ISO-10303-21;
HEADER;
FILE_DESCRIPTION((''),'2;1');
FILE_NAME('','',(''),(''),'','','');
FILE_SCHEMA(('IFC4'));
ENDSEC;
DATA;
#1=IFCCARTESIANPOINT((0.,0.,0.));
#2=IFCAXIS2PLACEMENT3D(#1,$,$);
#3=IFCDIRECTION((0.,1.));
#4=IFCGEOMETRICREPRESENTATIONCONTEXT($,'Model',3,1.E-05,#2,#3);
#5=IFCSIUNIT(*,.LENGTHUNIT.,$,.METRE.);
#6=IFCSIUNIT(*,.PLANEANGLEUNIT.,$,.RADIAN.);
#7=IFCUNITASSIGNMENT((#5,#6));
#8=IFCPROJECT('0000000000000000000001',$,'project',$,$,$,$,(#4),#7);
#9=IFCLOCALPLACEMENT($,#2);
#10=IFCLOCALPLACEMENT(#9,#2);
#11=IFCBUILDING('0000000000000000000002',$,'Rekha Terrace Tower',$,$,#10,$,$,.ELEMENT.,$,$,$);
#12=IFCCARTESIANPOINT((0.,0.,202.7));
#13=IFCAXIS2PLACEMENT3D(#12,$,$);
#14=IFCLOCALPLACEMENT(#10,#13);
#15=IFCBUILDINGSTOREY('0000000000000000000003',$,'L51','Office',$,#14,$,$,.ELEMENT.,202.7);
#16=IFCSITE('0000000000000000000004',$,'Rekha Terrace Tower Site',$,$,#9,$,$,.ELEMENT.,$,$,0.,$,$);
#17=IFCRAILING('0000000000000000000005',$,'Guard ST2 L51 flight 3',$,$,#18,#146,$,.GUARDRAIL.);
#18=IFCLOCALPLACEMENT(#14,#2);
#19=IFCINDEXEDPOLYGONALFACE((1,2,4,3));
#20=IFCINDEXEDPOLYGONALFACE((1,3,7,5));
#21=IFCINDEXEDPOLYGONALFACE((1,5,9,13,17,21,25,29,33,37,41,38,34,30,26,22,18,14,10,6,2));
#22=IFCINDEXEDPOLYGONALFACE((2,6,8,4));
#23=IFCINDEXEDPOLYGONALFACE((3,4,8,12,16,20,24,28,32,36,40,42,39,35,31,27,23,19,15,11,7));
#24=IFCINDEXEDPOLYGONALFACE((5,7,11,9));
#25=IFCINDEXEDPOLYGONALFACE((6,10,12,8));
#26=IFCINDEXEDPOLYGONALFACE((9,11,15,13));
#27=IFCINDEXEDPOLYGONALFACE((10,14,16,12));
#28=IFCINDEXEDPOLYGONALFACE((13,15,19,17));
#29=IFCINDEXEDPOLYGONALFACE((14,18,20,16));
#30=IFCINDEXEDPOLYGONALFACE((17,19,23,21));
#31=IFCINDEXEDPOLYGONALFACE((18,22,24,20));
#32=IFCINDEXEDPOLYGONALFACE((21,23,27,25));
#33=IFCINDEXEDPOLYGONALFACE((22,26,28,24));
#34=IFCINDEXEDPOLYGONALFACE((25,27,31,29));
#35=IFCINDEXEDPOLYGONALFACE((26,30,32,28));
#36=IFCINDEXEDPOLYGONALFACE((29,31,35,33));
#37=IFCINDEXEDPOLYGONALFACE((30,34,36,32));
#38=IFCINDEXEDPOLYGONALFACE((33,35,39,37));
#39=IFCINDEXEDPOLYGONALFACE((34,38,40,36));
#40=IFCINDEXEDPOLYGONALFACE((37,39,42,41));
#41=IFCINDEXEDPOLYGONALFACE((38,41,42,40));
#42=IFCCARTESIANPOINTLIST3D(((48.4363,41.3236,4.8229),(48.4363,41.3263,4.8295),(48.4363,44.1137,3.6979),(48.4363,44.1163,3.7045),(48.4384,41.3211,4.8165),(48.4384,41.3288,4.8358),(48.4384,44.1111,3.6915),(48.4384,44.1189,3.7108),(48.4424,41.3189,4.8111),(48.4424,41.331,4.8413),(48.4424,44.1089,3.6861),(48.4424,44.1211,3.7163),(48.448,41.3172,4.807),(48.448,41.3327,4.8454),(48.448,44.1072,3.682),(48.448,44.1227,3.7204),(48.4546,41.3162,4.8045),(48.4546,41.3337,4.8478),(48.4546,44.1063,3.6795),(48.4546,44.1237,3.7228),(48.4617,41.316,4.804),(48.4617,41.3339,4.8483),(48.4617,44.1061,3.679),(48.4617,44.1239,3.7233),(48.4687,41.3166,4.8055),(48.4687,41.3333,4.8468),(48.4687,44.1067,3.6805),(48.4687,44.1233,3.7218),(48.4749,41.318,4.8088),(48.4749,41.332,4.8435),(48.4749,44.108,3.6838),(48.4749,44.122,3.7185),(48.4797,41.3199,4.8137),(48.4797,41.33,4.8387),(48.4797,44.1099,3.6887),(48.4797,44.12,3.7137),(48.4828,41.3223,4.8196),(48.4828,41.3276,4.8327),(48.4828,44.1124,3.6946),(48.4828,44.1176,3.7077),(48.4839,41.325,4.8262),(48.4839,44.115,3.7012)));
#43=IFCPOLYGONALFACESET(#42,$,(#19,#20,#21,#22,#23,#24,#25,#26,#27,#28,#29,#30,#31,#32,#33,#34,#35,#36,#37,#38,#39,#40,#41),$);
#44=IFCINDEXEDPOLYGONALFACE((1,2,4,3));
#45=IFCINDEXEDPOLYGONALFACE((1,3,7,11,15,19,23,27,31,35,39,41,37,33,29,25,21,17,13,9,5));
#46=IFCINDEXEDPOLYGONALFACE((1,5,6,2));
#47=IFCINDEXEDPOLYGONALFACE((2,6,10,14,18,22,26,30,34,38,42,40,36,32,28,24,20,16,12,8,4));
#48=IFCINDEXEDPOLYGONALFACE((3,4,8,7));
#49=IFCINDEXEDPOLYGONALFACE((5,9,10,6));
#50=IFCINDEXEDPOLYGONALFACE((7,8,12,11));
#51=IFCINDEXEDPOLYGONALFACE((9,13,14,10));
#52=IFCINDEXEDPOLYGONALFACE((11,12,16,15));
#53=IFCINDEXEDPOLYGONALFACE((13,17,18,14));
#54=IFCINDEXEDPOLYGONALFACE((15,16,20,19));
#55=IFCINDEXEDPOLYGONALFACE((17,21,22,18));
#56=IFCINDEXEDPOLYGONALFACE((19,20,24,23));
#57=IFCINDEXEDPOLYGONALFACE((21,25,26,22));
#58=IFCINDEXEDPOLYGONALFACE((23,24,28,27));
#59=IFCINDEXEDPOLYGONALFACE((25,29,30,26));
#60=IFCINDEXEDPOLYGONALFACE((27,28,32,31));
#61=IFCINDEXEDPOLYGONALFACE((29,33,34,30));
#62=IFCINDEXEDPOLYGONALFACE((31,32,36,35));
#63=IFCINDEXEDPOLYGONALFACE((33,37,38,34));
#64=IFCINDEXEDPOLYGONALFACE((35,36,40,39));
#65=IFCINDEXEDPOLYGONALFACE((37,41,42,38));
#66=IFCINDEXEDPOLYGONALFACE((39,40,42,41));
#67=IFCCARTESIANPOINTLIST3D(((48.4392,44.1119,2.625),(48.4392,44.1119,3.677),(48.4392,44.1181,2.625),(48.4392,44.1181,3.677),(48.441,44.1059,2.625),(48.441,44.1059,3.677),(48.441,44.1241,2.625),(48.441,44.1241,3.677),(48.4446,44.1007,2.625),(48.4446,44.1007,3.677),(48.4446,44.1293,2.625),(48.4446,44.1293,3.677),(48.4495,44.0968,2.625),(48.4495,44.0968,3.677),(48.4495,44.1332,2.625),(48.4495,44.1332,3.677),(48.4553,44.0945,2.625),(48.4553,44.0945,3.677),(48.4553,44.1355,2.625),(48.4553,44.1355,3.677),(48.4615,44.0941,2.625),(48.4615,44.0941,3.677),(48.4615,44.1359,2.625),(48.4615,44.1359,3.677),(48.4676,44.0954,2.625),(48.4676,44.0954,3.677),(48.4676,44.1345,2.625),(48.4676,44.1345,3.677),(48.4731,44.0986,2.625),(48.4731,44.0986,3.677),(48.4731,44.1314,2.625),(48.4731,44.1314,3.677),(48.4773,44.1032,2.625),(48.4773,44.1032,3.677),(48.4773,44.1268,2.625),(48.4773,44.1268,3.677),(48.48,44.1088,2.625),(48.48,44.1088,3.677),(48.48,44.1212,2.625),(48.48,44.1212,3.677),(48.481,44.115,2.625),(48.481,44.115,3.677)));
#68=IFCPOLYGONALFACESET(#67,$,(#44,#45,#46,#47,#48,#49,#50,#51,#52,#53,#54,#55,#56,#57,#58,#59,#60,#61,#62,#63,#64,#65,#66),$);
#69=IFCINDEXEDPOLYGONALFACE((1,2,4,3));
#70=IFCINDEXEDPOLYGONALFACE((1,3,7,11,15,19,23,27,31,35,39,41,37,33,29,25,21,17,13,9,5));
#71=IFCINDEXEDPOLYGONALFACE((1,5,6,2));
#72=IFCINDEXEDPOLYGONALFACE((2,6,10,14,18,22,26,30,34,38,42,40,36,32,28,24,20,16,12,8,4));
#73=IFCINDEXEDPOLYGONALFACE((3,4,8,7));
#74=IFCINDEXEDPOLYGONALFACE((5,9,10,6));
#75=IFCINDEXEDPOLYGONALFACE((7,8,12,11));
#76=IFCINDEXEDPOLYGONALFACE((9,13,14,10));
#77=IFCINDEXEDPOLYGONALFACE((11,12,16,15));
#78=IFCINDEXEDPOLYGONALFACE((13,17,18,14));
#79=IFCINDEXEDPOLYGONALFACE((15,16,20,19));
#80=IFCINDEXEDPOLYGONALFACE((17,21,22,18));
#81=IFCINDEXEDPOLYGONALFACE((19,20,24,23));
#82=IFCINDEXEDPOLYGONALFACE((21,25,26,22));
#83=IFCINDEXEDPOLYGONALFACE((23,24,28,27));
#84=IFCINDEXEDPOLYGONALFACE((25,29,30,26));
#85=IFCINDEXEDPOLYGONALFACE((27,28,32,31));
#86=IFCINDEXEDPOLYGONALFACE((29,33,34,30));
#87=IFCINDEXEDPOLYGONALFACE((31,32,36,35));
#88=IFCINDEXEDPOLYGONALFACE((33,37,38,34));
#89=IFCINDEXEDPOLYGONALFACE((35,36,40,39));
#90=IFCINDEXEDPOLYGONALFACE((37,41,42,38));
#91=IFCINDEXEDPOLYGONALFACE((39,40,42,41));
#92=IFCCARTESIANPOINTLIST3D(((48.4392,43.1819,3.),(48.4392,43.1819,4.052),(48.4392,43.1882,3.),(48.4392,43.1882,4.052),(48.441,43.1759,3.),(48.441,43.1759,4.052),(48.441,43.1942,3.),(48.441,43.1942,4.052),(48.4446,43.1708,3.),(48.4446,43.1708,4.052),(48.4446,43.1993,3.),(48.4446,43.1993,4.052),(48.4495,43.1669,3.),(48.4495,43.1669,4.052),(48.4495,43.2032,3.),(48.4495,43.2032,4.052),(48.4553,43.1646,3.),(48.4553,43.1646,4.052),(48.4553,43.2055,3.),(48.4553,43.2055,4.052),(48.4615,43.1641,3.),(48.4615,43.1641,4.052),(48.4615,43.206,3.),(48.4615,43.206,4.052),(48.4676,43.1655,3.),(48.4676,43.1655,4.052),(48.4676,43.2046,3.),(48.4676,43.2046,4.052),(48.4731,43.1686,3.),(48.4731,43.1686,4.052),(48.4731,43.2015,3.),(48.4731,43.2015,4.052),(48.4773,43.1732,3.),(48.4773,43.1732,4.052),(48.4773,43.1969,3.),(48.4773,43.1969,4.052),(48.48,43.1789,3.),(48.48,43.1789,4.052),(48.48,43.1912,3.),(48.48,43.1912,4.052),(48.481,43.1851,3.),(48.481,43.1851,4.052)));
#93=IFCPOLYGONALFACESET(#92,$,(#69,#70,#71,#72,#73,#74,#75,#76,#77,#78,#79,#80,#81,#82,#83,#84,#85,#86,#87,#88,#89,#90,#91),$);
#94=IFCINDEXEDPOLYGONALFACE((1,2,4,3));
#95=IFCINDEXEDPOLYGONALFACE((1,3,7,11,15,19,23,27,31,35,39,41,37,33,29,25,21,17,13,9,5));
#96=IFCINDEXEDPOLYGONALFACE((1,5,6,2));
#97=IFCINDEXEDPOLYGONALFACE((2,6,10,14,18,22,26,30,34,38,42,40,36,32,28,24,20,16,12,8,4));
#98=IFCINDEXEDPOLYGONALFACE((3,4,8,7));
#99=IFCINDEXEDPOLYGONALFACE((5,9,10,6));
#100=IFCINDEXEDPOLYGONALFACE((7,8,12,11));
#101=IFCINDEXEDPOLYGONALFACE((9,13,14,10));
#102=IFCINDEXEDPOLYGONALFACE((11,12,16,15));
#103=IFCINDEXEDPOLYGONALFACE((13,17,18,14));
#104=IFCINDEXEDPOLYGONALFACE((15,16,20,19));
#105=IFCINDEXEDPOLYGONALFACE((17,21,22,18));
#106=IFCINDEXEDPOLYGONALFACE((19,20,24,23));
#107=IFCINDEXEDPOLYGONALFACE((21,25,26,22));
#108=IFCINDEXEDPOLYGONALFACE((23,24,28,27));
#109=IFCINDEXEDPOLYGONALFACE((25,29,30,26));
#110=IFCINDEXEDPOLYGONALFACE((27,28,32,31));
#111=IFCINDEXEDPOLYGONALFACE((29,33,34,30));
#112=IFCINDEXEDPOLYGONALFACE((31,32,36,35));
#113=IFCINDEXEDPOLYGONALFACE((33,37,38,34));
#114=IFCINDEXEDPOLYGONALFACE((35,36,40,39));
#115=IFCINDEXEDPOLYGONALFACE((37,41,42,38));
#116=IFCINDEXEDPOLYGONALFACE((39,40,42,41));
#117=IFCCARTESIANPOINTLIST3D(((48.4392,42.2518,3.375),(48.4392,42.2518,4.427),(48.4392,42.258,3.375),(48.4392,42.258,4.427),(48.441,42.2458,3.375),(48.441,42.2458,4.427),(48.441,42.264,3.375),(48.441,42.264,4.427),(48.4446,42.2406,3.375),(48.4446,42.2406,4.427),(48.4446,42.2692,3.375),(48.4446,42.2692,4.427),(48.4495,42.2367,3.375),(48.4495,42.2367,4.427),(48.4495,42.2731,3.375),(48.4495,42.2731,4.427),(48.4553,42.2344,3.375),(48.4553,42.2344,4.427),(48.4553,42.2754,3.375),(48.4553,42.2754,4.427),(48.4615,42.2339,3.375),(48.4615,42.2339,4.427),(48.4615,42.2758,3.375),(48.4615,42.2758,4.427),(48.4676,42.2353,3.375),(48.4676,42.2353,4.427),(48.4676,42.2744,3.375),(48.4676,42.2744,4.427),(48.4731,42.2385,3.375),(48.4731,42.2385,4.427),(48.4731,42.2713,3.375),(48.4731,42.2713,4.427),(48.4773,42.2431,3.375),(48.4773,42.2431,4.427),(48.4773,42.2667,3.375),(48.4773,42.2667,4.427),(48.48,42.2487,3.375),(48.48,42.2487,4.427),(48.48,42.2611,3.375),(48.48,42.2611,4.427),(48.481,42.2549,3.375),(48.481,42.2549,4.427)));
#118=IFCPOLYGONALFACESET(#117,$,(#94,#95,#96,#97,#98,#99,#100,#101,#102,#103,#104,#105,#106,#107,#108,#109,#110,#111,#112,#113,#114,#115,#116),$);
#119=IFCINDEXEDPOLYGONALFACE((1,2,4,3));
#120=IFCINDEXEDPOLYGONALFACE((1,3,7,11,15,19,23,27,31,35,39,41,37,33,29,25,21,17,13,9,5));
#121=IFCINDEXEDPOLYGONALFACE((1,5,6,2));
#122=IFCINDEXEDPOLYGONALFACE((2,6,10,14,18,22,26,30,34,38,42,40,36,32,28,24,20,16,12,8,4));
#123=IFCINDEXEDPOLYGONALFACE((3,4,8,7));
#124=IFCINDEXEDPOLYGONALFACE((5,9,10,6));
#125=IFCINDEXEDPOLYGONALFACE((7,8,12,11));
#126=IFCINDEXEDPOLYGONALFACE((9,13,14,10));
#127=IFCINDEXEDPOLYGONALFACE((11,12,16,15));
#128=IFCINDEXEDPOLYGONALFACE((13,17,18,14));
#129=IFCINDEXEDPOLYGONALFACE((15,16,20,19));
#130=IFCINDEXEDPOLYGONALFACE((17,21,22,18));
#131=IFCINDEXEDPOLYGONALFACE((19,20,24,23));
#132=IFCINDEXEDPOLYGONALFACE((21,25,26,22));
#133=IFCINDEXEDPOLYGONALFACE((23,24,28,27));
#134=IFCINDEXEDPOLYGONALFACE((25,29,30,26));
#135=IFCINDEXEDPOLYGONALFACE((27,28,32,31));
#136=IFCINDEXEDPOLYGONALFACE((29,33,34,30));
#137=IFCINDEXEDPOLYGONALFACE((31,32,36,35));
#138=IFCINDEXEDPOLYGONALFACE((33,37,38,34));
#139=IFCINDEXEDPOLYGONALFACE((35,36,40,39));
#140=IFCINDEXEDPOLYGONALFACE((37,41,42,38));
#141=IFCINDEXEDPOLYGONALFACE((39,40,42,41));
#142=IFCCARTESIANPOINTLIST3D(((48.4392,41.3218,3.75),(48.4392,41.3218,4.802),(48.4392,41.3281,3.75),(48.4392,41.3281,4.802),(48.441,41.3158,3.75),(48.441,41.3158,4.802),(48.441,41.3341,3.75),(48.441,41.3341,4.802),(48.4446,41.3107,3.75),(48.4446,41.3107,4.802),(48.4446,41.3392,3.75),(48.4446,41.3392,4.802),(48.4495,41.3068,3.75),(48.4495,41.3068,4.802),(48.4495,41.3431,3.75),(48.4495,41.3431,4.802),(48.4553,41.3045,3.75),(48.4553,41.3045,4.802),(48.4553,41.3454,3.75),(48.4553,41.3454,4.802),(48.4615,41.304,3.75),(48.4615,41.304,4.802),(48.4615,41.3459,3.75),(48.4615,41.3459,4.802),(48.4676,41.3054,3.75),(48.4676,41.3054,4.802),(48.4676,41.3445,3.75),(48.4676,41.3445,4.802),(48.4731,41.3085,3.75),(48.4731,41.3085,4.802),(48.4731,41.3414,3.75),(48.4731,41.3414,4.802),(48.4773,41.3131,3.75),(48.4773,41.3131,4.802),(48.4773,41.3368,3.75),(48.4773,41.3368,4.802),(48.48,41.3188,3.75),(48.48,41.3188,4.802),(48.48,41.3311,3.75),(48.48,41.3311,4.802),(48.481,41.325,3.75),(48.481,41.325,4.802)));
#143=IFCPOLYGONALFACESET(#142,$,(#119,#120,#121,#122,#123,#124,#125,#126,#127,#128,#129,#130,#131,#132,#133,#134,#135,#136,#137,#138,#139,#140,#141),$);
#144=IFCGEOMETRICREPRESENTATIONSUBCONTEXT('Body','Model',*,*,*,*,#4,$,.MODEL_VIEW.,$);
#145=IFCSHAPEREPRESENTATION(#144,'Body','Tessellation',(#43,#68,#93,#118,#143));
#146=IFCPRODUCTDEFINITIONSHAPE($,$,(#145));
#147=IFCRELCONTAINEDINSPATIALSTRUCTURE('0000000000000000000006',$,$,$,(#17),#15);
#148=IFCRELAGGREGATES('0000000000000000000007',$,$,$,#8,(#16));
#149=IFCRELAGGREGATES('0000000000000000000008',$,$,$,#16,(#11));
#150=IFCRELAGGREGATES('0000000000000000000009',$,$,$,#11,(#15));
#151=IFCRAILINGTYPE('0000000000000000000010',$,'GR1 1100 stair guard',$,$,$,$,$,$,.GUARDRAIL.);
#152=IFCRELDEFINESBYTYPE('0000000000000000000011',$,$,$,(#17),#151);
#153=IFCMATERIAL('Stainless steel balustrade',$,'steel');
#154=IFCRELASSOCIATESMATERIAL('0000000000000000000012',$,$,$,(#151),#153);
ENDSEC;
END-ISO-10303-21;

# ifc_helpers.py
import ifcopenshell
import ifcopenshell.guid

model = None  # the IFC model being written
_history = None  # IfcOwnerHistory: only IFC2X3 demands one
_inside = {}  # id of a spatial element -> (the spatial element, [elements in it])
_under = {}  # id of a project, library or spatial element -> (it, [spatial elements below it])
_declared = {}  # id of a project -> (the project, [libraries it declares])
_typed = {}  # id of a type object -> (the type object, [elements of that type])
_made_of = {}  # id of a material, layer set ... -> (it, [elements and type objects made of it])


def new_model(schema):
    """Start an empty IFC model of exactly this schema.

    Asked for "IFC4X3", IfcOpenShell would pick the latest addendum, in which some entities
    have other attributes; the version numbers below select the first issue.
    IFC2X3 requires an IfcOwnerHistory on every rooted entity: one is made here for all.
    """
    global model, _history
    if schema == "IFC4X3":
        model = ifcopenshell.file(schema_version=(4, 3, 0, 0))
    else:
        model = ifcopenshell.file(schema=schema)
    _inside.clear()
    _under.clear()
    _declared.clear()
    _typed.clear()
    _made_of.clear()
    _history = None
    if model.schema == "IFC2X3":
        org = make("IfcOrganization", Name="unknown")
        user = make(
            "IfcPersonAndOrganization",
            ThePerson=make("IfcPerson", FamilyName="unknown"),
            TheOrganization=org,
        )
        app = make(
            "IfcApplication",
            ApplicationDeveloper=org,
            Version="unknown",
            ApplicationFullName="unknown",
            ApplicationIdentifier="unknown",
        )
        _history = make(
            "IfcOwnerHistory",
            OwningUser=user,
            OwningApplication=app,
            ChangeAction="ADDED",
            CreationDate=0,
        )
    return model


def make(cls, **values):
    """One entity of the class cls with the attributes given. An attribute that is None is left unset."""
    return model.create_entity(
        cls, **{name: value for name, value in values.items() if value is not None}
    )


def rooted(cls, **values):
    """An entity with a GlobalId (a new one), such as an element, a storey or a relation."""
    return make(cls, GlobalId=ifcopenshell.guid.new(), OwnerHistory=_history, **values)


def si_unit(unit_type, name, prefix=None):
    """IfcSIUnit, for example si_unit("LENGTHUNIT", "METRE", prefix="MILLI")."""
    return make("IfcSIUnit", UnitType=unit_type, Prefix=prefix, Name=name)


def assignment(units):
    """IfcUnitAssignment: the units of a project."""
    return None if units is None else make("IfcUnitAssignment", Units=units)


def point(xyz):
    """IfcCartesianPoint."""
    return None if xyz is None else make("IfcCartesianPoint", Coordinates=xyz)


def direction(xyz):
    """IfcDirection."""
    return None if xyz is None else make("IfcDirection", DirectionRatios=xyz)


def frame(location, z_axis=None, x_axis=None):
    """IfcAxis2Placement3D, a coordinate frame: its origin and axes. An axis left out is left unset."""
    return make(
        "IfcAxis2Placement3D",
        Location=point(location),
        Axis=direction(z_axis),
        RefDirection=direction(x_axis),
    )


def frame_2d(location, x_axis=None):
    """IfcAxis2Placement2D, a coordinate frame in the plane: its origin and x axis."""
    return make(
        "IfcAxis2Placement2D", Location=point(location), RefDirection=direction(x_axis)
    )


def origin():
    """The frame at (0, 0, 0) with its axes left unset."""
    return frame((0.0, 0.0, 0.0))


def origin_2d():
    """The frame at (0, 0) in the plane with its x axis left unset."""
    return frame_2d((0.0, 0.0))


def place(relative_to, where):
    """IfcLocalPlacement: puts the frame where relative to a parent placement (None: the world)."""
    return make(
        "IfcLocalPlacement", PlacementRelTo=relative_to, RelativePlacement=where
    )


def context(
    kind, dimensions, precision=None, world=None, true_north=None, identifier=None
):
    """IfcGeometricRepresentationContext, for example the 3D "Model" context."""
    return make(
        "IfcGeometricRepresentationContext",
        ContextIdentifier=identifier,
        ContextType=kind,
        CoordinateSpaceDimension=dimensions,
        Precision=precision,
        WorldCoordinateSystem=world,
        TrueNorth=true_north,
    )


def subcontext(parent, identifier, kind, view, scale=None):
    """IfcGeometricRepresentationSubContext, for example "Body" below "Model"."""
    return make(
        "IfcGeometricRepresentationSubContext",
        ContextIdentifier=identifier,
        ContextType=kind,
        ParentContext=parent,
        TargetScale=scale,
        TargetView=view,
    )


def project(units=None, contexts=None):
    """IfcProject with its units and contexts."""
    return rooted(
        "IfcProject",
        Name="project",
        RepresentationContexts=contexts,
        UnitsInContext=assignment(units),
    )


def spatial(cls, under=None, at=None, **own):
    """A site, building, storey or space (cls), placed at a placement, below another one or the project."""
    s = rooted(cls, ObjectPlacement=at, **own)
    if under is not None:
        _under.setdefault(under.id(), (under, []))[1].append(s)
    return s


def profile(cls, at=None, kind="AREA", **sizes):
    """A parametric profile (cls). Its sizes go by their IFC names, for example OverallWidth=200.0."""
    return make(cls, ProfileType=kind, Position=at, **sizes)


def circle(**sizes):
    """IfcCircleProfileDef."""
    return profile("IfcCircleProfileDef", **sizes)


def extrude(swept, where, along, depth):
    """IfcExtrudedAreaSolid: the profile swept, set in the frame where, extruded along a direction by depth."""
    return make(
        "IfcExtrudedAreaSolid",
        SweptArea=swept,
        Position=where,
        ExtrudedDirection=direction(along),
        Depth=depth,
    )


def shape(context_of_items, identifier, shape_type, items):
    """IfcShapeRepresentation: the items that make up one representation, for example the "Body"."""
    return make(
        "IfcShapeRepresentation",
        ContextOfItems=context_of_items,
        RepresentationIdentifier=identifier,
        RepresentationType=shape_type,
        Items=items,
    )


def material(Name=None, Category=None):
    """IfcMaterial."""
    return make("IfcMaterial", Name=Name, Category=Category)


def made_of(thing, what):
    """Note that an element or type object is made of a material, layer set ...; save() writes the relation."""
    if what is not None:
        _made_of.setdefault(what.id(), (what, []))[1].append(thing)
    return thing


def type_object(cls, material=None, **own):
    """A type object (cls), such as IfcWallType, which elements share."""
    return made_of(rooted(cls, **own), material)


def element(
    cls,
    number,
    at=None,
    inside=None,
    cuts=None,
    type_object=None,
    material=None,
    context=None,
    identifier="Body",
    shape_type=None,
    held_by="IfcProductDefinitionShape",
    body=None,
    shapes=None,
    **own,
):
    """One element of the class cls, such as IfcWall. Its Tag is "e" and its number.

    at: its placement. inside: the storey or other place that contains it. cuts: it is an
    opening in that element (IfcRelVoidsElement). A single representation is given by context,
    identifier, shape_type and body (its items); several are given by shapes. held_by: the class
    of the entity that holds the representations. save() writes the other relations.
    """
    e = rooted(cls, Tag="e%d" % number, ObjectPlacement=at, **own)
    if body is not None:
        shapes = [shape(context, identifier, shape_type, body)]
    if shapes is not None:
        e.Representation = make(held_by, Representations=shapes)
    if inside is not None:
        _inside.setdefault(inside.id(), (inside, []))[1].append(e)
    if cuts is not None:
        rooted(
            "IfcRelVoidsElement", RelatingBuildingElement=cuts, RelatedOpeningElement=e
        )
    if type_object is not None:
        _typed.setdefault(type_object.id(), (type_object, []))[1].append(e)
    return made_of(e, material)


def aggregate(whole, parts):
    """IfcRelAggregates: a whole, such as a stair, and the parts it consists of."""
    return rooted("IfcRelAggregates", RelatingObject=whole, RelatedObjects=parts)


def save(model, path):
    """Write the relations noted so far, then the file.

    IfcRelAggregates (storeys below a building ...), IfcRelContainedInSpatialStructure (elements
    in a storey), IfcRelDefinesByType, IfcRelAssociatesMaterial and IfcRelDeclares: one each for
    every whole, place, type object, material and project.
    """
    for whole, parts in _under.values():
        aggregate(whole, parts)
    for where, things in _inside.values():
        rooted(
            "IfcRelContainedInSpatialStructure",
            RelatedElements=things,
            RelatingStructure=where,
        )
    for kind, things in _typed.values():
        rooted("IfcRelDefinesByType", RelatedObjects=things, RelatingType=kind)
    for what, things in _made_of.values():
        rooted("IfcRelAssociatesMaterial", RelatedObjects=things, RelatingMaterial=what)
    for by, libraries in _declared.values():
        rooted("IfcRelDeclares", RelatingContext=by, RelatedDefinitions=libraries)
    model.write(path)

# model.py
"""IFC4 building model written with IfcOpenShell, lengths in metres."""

from ifc_helpers import new_model, si_unit, direction, frame, origin, origin_2d, place, context, subcontext, project, spatial, circle, extrude, material, type_object, element, save


model = new_model("IFC4")

# Units and contexts
model_context = context("Model", 3, precision=1e-05, world=origin(), true_north=direction((0.0, 1.0)))
body_context = subcontext(model_context, "Body", "Model", "MODEL_VIEW")
ifc_project = project(units=[si_unit("LENGTHUNIT", "METRE"), si_unit("PLANEANGLEUNIT", "RADIAN")], contexts=[model_context])

# Site, building, storey
site_placement = place(None, origin())
site = spatial("IfcSite", under=ifc_project, at=site_placement, Name="Rekha Terrace Tower Site", CompositionType="ELEMENT", RefElevation=0.0)
building_placement = place(site_placement, origin())
building = spatial("IfcBuilding", under=site, at=building_placement, Name="Rekha Terrace Tower", CompositionType="ELEMENT")
storey_placement = place(building_placement, frame((0.0, 0.0, 202.7)))
storey = spatial("IfcBuildingStorey", under=building, at=storey_placement, Name="L51", Description="Office", CompositionType="ELEMENT", Elevation=202.7)

# Railing
ifc_material_1 = material(Name="Stainless steel balustrade", Category="steel")
railing_type_1 = type_object("IfcRailingType", Name="GR1 1100 stair guard", PredefinedType="GUARDRAIL", material=ifc_material_1)
railing_1_placement = place(storey_placement, frame((48.46, 44.115, 2.625)))
element("IfcRailing", 1, at=railing_1_placement, inside=storey, type_object=railing_type_1, Name="Guard ST2 L51 flight 3", PredefinedType="GUARDRAIL", context=body_context, shape_type="SweptSolid", body=[
    extrude(circle(Radius=0.0239, at=origin_2d()), frame((0.0, 0.0, 1.0762), z_axis=(0.0, -0.927443, 0.373964), x_axis=(1.0, 0.0, 0.0)), (0.0, 0.0, 1.0), 3.0083),
    extrude(circle(Radius=0.021, at=origin_2d()), origin(), (0.0, 0.0, 1.0), 1.052),
    extrude(circle(Radius=0.021, at=origin_2d()), frame((0.0, -0.9299, 0.375)), (0.0, 0.0, 1.0), 1.052),
    extrude(circle(Radius=0.021, at=origin_2d()), frame((0.0, -1.8601, 0.75)), (0.0, 0.0, 1.0), 1.052),
    extrude(circle(Radius=0.021, at=origin_2d()), frame((0.0, -2.79, 1.125)), (0.0, 0.0, 1.0), 1.052),
])

save(model, "model.ifc")
